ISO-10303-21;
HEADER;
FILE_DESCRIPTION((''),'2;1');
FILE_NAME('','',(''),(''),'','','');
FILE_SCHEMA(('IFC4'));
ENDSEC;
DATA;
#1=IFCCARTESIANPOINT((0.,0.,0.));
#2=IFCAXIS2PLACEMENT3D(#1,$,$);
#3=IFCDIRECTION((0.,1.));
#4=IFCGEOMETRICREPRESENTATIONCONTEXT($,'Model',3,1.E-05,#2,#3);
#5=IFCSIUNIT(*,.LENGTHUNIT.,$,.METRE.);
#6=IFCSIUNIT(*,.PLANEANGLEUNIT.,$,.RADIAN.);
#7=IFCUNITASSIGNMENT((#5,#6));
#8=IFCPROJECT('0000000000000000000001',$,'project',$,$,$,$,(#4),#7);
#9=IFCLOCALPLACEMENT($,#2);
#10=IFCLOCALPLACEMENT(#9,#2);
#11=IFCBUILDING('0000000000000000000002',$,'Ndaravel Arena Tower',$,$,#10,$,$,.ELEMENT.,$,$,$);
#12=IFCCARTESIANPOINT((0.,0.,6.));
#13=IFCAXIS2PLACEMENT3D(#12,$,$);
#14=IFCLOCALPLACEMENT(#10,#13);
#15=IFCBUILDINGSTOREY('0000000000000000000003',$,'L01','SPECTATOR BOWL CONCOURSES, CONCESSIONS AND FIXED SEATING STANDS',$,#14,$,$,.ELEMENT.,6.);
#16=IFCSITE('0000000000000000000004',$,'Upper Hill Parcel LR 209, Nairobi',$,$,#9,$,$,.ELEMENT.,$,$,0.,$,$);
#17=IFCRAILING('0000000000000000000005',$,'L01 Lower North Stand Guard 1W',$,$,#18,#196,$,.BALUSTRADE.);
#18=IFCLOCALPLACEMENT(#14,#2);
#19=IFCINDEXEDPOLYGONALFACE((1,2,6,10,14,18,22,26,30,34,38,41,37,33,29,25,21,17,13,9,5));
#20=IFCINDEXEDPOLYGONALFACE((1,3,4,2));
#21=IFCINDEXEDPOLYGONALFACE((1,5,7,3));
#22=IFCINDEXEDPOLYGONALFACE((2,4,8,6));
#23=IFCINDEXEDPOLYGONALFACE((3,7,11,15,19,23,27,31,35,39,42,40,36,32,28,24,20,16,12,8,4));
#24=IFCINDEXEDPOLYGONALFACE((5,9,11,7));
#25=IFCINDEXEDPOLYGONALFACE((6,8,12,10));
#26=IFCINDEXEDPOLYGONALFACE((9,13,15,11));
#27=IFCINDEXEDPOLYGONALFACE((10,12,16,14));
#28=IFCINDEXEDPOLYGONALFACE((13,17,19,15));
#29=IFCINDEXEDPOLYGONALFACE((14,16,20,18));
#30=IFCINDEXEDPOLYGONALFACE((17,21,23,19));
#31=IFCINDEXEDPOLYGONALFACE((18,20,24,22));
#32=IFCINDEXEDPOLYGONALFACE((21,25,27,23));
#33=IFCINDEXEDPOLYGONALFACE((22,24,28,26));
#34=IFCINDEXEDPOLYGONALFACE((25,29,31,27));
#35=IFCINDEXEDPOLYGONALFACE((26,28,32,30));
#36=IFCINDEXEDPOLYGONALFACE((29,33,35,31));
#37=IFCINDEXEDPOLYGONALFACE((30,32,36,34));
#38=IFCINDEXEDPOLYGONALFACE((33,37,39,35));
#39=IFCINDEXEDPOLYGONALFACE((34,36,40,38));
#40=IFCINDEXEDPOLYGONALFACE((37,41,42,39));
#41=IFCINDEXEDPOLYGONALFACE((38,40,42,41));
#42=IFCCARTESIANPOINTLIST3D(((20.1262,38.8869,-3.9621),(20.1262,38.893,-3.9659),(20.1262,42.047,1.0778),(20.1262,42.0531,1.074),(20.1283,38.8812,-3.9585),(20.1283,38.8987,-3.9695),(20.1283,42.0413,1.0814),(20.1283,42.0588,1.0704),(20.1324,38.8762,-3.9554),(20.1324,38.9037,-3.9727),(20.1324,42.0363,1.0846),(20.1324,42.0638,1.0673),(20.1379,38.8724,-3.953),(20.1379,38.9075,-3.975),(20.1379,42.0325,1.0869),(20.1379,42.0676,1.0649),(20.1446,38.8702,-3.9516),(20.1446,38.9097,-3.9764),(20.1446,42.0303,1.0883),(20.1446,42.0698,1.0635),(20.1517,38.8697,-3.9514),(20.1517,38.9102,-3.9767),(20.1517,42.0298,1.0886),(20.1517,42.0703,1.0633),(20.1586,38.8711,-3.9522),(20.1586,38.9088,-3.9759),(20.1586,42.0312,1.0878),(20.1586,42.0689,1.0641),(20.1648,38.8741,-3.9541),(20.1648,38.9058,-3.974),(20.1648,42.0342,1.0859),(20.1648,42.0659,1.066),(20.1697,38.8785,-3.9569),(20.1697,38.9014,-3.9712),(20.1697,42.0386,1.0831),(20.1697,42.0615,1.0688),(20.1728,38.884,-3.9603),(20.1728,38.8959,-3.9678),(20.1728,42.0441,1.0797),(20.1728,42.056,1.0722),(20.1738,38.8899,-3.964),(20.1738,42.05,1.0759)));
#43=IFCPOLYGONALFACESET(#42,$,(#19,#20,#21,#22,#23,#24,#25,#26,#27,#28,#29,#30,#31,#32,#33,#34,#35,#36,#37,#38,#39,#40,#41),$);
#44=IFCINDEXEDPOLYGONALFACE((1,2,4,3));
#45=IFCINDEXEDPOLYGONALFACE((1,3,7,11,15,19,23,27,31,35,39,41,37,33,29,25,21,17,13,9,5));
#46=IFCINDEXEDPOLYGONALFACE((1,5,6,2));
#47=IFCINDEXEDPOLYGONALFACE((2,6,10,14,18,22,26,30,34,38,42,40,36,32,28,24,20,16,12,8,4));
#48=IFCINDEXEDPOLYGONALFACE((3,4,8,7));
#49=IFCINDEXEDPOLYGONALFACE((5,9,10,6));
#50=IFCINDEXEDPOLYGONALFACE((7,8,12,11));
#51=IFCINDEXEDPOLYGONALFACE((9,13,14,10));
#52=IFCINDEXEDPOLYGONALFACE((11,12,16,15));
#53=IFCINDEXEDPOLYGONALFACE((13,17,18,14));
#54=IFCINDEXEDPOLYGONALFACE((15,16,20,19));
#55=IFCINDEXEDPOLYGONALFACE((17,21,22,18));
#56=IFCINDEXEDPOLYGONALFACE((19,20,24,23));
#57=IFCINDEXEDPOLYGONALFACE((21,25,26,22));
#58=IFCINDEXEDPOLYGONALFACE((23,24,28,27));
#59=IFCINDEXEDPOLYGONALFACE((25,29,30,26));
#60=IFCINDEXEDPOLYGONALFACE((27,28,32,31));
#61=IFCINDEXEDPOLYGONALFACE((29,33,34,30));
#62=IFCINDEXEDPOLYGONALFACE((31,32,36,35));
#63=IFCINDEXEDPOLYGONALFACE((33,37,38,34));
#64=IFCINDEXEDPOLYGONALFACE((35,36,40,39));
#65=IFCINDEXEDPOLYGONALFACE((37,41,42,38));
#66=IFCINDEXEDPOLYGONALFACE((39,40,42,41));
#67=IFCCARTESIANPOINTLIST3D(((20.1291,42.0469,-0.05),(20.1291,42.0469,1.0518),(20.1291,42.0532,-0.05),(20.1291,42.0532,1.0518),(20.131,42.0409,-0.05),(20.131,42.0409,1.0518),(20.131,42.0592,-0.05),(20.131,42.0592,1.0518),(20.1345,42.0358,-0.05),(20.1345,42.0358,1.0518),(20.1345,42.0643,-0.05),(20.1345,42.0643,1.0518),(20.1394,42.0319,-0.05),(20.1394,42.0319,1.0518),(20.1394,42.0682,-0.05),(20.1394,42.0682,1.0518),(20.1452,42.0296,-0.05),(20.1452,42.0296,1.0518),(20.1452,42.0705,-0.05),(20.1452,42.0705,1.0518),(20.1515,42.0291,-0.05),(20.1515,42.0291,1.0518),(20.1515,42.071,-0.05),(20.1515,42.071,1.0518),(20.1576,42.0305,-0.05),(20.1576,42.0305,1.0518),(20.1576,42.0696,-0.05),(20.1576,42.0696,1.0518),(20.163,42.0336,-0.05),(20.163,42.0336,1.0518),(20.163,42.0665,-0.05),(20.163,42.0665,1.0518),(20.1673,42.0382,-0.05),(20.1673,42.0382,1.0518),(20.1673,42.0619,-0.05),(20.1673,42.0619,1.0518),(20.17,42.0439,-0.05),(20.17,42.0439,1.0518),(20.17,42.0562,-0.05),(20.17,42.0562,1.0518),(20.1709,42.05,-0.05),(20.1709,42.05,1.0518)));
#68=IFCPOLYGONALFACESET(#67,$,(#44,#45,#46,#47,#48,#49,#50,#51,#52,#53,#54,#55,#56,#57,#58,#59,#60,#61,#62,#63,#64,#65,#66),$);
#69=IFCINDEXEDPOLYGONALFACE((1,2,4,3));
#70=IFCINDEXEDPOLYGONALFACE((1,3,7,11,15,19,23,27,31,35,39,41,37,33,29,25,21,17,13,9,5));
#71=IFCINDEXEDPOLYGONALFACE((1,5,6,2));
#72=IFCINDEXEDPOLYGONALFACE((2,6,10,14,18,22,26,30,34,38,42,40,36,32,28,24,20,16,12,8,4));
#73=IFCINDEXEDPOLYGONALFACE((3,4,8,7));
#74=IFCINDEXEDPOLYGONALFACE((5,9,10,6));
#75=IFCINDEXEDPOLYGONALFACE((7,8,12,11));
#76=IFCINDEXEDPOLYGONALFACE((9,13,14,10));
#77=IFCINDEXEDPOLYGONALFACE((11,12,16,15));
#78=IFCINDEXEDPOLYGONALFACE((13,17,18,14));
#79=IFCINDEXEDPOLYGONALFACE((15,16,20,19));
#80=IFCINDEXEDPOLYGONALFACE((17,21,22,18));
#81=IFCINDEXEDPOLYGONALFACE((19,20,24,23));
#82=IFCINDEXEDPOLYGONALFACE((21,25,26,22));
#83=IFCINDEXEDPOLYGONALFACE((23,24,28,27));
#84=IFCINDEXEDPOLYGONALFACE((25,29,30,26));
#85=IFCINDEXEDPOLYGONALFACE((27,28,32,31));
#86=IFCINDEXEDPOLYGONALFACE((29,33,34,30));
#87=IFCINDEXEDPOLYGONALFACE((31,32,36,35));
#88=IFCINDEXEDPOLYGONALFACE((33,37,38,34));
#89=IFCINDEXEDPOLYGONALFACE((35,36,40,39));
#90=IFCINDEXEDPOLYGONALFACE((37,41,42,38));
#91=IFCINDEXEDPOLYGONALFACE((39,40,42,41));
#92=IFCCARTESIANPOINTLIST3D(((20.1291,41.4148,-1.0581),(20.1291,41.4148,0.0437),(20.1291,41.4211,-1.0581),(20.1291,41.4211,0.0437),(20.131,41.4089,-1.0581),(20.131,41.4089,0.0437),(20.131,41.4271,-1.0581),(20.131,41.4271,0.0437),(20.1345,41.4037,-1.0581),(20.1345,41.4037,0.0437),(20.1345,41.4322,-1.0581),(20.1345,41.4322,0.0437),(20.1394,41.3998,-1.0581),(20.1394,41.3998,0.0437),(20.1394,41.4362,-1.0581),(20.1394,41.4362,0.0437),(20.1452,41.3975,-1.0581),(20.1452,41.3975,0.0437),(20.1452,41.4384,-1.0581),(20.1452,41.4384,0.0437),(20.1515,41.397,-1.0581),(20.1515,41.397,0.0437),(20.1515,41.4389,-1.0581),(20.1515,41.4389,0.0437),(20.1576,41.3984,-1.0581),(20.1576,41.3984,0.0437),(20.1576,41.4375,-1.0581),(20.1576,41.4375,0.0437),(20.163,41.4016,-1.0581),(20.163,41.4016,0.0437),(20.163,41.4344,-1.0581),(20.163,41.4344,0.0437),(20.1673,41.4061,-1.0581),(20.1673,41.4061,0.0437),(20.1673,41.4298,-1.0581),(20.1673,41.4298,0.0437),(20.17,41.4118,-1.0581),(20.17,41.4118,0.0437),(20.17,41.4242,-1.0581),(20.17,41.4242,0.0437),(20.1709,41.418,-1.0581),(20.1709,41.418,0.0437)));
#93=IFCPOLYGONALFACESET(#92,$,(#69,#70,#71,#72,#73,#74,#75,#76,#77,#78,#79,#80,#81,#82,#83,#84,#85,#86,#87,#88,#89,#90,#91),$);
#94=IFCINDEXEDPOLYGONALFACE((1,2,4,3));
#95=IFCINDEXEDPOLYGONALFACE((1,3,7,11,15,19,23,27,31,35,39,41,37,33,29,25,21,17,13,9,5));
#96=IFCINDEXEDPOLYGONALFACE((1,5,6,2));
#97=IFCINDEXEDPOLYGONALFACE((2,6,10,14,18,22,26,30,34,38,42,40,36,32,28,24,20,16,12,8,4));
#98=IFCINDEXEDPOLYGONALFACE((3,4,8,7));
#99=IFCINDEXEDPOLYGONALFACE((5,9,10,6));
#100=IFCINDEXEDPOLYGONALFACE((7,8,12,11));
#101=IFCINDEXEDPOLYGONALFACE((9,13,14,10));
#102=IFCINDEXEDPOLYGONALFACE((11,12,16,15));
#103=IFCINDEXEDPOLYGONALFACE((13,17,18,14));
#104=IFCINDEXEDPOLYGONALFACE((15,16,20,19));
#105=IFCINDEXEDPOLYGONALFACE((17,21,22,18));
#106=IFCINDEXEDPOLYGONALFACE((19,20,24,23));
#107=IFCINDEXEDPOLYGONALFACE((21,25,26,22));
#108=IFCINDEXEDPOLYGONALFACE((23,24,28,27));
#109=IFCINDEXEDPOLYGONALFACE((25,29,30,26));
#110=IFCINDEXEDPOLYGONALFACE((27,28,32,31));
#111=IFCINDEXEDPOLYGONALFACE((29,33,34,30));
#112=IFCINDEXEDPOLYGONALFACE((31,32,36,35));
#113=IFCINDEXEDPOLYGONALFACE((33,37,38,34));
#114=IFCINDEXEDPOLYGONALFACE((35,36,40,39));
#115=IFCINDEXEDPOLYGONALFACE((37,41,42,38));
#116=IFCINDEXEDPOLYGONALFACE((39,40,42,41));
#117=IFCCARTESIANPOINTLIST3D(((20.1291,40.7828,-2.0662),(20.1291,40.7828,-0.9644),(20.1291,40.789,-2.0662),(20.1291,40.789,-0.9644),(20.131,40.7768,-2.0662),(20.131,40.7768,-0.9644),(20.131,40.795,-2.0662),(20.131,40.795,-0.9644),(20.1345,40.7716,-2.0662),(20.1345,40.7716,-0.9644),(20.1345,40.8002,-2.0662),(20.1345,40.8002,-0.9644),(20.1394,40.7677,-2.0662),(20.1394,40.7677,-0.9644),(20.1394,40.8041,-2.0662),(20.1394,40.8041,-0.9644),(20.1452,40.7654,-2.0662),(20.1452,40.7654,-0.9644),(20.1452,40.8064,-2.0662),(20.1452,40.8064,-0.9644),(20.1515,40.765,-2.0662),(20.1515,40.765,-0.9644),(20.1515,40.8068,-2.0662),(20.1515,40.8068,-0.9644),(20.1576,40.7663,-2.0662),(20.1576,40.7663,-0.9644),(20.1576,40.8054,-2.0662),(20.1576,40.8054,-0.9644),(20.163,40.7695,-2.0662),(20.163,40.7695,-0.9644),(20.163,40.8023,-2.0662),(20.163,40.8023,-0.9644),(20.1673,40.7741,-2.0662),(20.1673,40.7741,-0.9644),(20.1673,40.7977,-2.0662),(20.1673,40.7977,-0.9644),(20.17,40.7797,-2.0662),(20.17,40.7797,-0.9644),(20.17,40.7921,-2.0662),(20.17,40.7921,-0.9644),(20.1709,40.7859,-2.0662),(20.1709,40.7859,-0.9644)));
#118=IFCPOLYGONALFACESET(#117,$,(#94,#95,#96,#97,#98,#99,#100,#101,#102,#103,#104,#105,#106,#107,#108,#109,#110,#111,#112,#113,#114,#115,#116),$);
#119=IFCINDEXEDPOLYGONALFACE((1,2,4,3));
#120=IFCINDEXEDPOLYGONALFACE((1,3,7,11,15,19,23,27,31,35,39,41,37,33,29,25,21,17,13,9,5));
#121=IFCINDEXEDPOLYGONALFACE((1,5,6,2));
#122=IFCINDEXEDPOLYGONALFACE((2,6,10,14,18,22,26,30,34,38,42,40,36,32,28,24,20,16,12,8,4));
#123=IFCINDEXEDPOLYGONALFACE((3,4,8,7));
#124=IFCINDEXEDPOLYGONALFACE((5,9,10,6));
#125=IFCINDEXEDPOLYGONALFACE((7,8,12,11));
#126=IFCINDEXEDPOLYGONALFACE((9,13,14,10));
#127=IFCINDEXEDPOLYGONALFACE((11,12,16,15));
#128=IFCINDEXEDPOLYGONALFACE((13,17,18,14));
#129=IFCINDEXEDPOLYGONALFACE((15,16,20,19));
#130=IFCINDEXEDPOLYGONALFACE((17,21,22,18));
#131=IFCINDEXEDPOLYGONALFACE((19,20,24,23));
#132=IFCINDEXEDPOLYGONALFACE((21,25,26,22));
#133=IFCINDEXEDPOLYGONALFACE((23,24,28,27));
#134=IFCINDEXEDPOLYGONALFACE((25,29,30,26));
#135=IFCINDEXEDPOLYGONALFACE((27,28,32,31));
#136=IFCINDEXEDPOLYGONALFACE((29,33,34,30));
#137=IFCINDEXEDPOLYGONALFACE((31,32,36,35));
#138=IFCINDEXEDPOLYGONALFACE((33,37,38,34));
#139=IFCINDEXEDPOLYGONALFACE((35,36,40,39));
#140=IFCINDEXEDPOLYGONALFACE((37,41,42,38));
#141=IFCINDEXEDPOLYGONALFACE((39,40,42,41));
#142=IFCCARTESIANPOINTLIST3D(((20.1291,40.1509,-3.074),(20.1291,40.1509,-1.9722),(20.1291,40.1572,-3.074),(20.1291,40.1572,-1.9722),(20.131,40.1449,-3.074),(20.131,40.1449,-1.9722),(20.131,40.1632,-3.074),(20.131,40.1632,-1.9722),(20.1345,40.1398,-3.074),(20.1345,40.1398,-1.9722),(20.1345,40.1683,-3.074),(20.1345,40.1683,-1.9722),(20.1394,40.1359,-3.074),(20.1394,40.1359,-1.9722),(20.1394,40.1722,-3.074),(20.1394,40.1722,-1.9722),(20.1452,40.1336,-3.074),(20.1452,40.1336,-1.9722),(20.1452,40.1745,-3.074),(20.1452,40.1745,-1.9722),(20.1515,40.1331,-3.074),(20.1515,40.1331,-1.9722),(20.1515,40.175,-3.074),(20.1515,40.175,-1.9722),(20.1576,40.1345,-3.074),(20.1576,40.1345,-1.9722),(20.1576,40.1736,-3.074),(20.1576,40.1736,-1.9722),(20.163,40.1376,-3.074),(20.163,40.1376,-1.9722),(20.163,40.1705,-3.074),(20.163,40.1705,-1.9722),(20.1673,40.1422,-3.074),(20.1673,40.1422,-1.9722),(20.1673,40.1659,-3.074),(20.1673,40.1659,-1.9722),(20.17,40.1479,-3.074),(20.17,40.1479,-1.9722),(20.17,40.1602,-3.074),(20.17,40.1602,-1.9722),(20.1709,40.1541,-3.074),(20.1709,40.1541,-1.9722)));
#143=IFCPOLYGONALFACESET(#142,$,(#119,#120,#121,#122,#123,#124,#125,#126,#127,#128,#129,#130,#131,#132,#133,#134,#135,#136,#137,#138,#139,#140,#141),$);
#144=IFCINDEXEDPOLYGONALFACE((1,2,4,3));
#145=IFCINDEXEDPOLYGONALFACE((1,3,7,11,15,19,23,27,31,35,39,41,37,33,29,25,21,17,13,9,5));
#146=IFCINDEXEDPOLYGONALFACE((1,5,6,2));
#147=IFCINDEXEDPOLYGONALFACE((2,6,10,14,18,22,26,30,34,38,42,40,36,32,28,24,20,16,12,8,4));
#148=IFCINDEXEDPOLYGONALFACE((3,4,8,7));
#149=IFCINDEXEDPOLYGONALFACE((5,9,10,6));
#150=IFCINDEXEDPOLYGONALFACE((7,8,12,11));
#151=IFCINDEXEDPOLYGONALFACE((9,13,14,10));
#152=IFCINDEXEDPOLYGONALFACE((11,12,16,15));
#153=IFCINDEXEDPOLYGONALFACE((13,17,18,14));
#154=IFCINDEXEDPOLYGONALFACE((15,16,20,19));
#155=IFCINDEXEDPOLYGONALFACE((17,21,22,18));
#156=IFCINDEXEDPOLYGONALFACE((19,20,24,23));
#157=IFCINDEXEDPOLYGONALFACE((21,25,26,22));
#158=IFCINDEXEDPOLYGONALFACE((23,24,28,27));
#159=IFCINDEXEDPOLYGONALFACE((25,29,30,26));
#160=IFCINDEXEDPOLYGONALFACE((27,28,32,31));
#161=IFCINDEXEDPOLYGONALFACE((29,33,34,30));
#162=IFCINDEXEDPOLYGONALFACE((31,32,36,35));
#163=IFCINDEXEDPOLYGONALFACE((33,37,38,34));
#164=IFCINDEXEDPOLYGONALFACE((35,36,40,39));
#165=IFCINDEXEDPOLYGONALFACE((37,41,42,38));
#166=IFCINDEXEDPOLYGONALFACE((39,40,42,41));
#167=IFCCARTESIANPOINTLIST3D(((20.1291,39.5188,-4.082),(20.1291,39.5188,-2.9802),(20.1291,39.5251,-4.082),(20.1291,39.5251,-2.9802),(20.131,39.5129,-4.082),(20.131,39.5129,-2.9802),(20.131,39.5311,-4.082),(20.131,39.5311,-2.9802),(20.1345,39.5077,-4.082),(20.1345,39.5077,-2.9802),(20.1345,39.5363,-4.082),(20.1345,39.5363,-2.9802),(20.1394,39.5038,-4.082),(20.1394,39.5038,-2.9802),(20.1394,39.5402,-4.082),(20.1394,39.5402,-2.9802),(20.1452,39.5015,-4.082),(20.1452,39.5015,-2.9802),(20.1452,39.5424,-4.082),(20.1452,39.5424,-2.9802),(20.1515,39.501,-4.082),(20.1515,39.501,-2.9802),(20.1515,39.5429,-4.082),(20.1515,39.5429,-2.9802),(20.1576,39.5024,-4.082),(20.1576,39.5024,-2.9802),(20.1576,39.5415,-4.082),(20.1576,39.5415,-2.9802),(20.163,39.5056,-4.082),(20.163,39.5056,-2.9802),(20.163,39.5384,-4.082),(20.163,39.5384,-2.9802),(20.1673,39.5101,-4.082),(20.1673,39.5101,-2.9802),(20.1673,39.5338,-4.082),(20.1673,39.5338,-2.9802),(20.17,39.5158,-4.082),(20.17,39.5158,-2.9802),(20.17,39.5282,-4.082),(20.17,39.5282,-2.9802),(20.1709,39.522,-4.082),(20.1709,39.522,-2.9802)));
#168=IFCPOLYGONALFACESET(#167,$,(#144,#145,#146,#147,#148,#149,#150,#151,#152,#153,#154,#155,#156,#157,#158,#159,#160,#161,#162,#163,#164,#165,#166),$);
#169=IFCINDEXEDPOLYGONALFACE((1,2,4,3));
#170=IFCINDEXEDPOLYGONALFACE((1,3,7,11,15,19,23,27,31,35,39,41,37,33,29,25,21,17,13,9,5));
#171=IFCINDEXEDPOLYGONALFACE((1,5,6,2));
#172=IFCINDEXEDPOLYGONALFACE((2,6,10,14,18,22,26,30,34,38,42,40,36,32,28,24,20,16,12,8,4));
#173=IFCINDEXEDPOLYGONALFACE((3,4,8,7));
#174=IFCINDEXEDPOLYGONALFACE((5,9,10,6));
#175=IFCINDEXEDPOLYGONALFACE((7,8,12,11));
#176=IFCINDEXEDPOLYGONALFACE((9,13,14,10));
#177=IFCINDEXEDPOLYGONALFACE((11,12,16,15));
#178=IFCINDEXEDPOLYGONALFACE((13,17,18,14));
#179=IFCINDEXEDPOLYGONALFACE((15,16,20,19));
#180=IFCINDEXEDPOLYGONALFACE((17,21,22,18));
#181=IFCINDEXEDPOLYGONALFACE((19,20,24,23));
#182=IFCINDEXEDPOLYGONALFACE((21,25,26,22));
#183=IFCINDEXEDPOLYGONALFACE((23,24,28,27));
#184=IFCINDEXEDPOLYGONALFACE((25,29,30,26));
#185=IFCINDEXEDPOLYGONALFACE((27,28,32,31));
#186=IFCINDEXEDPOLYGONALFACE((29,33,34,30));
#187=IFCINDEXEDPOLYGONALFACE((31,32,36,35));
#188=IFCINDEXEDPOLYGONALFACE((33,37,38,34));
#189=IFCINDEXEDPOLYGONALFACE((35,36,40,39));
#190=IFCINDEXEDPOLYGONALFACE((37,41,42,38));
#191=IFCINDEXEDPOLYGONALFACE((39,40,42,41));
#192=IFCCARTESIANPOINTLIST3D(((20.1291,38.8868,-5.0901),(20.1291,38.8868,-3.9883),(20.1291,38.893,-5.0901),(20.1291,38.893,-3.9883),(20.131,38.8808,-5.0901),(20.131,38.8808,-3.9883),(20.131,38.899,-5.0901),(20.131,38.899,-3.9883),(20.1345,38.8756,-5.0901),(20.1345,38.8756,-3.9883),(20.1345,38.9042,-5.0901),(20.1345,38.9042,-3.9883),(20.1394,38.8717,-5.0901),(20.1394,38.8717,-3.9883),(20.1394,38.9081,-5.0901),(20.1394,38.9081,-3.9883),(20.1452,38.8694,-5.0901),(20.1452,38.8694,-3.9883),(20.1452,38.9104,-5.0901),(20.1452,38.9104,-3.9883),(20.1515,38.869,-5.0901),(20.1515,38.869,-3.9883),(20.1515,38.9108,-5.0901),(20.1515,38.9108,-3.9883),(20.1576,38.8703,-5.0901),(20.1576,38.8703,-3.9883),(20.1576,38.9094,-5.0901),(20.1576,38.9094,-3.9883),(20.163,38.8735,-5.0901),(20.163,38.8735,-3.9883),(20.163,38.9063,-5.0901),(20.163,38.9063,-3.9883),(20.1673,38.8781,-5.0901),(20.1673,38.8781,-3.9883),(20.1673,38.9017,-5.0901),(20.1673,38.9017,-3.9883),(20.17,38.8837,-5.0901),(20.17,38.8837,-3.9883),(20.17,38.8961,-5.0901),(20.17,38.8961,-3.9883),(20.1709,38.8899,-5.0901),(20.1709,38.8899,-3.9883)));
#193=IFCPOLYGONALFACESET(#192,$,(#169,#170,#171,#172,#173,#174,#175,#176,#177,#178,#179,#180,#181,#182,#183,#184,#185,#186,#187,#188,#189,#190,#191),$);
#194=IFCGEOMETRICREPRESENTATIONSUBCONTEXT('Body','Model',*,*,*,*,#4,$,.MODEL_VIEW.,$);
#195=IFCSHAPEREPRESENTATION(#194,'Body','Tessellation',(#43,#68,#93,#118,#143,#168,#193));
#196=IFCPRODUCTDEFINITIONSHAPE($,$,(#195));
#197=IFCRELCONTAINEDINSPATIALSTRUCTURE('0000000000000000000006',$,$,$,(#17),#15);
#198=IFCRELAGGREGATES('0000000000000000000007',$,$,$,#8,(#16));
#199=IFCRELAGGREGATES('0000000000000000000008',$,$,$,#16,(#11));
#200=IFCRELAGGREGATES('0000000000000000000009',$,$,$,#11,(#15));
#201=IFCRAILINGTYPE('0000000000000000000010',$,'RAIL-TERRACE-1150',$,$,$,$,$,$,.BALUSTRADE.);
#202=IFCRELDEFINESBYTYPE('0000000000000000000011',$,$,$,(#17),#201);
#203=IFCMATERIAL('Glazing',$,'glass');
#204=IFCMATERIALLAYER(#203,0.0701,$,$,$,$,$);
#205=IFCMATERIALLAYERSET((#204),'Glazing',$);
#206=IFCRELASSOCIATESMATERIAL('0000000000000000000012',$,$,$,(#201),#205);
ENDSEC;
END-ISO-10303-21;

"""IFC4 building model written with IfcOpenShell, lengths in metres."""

from ifc_helpers import new_model, si_unit, direction, frame, origin, origin_2d, place, context, subcontext, project, spatial, circle, extrude, material, layer, layer_set, type_object, element, save


model = new_model("IFC4")

# Units and contexts
model_context = context("Model", 3, precision=1e-05, world=origin(), true_north=direction((0.0, 1.0)))
body_context = subcontext(model_context, "Body", "Model", "MODEL_VIEW")
ifc_project = project(units=[si_unit("LENGTHUNIT", "METRE"), si_unit("PLANEANGLEUNIT", "RADIAN")], contexts=[model_context])

# Site, building, storey
site_placement = place(None, origin())
site = spatial("IfcSite", under=ifc_project, at=site_placement, Name="Upper Hill Parcel LR 209, Nairobi", CompositionType="ELEMENT", RefElevation=0.0)
building_placement = place(site_placement, origin())
building = spatial("IfcBuilding", under=site, at=building_placement, Name="Ndaravel Arena Tower", CompositionType="ELEMENT")
storey_placement = place(building_placement, frame((0.0, 0.0, 6.0)))
storey = spatial("IfcBuildingStorey", under=building, at=storey_placement, Name="L01", Description="SPECTATOR BOWL CONCOURSES, CONCESSIONS AND FIXED SEATING STANDS", CompositionType="ELEMENT", Elevation=6.0)

# Railing
ifc_material_1 = material(Name="Glazing", Category="glass")
ifc_layer_1 = layer(ifc_material_1, 0.0701)
ifc_layer_set_1 = layer_set([ifc_layer_1], Name="Glazing")
railing_type_1 = type_object("IfcRailingType", Name="RAIL-TERRACE-1150", PredefinedType="BALUSTRADE", material=ifc_layer_set_1)
railing_1_placement = place(storey_placement, frame((20.1499, 42.05, -0.05)))
element("IfcRailing", 1, at=railing_1_placement, inside=storey, type_object=railing_type_1, Name="L01 Lower North Stand Guard 1W", PredefinedType="BALUSTRADE", context=body_context, shape_type="SweptSolid", body=[
    extrude(circle(Radius=0.0239, at=origin_2d()), frame((0.0, 0.0, 1.126), z_axis=(0.0, -0.531223, -0.847232), x_axis=(1.0, 0.0, 0.0)), (0.0, 0.0, 1.0), 5.9487),
    extrude(circle(Radius=0.021, at=origin_2d()), origin(), (0.0, 0.0, 1.0), 1.1018),
    extrude(circle(Radius=0.021, at=origin_2d()), frame((0.0, -0.6321, -1.0081)), (0.0, 0.0, 1.0), 1.1018),
    extrude(circle(Radius=0.021, at=origin_2d()), frame((0.0, -1.2642, -2.0161)), (0.0, 0.0, 1.0), 1.1018),
    extrude(circle(Radius=0.021, at=origin_2d()), frame((0.0, -1.896, -3.0239)), (0.0, 0.0, 1.0), 1.1018),
    extrude(circle(Radius=0.021, at=origin_2d()), frame((0.0, -2.5281, -4.032)), (0.0, 0.0, 1.0), 1.1018),
    extrude(circle(Radius=0.021, at=origin_2d()), frame((0.0, -3.1602, -5.04)), (0.0, 0.0, 1.0), 1.1018),
])

save(model, "model.ifc")
